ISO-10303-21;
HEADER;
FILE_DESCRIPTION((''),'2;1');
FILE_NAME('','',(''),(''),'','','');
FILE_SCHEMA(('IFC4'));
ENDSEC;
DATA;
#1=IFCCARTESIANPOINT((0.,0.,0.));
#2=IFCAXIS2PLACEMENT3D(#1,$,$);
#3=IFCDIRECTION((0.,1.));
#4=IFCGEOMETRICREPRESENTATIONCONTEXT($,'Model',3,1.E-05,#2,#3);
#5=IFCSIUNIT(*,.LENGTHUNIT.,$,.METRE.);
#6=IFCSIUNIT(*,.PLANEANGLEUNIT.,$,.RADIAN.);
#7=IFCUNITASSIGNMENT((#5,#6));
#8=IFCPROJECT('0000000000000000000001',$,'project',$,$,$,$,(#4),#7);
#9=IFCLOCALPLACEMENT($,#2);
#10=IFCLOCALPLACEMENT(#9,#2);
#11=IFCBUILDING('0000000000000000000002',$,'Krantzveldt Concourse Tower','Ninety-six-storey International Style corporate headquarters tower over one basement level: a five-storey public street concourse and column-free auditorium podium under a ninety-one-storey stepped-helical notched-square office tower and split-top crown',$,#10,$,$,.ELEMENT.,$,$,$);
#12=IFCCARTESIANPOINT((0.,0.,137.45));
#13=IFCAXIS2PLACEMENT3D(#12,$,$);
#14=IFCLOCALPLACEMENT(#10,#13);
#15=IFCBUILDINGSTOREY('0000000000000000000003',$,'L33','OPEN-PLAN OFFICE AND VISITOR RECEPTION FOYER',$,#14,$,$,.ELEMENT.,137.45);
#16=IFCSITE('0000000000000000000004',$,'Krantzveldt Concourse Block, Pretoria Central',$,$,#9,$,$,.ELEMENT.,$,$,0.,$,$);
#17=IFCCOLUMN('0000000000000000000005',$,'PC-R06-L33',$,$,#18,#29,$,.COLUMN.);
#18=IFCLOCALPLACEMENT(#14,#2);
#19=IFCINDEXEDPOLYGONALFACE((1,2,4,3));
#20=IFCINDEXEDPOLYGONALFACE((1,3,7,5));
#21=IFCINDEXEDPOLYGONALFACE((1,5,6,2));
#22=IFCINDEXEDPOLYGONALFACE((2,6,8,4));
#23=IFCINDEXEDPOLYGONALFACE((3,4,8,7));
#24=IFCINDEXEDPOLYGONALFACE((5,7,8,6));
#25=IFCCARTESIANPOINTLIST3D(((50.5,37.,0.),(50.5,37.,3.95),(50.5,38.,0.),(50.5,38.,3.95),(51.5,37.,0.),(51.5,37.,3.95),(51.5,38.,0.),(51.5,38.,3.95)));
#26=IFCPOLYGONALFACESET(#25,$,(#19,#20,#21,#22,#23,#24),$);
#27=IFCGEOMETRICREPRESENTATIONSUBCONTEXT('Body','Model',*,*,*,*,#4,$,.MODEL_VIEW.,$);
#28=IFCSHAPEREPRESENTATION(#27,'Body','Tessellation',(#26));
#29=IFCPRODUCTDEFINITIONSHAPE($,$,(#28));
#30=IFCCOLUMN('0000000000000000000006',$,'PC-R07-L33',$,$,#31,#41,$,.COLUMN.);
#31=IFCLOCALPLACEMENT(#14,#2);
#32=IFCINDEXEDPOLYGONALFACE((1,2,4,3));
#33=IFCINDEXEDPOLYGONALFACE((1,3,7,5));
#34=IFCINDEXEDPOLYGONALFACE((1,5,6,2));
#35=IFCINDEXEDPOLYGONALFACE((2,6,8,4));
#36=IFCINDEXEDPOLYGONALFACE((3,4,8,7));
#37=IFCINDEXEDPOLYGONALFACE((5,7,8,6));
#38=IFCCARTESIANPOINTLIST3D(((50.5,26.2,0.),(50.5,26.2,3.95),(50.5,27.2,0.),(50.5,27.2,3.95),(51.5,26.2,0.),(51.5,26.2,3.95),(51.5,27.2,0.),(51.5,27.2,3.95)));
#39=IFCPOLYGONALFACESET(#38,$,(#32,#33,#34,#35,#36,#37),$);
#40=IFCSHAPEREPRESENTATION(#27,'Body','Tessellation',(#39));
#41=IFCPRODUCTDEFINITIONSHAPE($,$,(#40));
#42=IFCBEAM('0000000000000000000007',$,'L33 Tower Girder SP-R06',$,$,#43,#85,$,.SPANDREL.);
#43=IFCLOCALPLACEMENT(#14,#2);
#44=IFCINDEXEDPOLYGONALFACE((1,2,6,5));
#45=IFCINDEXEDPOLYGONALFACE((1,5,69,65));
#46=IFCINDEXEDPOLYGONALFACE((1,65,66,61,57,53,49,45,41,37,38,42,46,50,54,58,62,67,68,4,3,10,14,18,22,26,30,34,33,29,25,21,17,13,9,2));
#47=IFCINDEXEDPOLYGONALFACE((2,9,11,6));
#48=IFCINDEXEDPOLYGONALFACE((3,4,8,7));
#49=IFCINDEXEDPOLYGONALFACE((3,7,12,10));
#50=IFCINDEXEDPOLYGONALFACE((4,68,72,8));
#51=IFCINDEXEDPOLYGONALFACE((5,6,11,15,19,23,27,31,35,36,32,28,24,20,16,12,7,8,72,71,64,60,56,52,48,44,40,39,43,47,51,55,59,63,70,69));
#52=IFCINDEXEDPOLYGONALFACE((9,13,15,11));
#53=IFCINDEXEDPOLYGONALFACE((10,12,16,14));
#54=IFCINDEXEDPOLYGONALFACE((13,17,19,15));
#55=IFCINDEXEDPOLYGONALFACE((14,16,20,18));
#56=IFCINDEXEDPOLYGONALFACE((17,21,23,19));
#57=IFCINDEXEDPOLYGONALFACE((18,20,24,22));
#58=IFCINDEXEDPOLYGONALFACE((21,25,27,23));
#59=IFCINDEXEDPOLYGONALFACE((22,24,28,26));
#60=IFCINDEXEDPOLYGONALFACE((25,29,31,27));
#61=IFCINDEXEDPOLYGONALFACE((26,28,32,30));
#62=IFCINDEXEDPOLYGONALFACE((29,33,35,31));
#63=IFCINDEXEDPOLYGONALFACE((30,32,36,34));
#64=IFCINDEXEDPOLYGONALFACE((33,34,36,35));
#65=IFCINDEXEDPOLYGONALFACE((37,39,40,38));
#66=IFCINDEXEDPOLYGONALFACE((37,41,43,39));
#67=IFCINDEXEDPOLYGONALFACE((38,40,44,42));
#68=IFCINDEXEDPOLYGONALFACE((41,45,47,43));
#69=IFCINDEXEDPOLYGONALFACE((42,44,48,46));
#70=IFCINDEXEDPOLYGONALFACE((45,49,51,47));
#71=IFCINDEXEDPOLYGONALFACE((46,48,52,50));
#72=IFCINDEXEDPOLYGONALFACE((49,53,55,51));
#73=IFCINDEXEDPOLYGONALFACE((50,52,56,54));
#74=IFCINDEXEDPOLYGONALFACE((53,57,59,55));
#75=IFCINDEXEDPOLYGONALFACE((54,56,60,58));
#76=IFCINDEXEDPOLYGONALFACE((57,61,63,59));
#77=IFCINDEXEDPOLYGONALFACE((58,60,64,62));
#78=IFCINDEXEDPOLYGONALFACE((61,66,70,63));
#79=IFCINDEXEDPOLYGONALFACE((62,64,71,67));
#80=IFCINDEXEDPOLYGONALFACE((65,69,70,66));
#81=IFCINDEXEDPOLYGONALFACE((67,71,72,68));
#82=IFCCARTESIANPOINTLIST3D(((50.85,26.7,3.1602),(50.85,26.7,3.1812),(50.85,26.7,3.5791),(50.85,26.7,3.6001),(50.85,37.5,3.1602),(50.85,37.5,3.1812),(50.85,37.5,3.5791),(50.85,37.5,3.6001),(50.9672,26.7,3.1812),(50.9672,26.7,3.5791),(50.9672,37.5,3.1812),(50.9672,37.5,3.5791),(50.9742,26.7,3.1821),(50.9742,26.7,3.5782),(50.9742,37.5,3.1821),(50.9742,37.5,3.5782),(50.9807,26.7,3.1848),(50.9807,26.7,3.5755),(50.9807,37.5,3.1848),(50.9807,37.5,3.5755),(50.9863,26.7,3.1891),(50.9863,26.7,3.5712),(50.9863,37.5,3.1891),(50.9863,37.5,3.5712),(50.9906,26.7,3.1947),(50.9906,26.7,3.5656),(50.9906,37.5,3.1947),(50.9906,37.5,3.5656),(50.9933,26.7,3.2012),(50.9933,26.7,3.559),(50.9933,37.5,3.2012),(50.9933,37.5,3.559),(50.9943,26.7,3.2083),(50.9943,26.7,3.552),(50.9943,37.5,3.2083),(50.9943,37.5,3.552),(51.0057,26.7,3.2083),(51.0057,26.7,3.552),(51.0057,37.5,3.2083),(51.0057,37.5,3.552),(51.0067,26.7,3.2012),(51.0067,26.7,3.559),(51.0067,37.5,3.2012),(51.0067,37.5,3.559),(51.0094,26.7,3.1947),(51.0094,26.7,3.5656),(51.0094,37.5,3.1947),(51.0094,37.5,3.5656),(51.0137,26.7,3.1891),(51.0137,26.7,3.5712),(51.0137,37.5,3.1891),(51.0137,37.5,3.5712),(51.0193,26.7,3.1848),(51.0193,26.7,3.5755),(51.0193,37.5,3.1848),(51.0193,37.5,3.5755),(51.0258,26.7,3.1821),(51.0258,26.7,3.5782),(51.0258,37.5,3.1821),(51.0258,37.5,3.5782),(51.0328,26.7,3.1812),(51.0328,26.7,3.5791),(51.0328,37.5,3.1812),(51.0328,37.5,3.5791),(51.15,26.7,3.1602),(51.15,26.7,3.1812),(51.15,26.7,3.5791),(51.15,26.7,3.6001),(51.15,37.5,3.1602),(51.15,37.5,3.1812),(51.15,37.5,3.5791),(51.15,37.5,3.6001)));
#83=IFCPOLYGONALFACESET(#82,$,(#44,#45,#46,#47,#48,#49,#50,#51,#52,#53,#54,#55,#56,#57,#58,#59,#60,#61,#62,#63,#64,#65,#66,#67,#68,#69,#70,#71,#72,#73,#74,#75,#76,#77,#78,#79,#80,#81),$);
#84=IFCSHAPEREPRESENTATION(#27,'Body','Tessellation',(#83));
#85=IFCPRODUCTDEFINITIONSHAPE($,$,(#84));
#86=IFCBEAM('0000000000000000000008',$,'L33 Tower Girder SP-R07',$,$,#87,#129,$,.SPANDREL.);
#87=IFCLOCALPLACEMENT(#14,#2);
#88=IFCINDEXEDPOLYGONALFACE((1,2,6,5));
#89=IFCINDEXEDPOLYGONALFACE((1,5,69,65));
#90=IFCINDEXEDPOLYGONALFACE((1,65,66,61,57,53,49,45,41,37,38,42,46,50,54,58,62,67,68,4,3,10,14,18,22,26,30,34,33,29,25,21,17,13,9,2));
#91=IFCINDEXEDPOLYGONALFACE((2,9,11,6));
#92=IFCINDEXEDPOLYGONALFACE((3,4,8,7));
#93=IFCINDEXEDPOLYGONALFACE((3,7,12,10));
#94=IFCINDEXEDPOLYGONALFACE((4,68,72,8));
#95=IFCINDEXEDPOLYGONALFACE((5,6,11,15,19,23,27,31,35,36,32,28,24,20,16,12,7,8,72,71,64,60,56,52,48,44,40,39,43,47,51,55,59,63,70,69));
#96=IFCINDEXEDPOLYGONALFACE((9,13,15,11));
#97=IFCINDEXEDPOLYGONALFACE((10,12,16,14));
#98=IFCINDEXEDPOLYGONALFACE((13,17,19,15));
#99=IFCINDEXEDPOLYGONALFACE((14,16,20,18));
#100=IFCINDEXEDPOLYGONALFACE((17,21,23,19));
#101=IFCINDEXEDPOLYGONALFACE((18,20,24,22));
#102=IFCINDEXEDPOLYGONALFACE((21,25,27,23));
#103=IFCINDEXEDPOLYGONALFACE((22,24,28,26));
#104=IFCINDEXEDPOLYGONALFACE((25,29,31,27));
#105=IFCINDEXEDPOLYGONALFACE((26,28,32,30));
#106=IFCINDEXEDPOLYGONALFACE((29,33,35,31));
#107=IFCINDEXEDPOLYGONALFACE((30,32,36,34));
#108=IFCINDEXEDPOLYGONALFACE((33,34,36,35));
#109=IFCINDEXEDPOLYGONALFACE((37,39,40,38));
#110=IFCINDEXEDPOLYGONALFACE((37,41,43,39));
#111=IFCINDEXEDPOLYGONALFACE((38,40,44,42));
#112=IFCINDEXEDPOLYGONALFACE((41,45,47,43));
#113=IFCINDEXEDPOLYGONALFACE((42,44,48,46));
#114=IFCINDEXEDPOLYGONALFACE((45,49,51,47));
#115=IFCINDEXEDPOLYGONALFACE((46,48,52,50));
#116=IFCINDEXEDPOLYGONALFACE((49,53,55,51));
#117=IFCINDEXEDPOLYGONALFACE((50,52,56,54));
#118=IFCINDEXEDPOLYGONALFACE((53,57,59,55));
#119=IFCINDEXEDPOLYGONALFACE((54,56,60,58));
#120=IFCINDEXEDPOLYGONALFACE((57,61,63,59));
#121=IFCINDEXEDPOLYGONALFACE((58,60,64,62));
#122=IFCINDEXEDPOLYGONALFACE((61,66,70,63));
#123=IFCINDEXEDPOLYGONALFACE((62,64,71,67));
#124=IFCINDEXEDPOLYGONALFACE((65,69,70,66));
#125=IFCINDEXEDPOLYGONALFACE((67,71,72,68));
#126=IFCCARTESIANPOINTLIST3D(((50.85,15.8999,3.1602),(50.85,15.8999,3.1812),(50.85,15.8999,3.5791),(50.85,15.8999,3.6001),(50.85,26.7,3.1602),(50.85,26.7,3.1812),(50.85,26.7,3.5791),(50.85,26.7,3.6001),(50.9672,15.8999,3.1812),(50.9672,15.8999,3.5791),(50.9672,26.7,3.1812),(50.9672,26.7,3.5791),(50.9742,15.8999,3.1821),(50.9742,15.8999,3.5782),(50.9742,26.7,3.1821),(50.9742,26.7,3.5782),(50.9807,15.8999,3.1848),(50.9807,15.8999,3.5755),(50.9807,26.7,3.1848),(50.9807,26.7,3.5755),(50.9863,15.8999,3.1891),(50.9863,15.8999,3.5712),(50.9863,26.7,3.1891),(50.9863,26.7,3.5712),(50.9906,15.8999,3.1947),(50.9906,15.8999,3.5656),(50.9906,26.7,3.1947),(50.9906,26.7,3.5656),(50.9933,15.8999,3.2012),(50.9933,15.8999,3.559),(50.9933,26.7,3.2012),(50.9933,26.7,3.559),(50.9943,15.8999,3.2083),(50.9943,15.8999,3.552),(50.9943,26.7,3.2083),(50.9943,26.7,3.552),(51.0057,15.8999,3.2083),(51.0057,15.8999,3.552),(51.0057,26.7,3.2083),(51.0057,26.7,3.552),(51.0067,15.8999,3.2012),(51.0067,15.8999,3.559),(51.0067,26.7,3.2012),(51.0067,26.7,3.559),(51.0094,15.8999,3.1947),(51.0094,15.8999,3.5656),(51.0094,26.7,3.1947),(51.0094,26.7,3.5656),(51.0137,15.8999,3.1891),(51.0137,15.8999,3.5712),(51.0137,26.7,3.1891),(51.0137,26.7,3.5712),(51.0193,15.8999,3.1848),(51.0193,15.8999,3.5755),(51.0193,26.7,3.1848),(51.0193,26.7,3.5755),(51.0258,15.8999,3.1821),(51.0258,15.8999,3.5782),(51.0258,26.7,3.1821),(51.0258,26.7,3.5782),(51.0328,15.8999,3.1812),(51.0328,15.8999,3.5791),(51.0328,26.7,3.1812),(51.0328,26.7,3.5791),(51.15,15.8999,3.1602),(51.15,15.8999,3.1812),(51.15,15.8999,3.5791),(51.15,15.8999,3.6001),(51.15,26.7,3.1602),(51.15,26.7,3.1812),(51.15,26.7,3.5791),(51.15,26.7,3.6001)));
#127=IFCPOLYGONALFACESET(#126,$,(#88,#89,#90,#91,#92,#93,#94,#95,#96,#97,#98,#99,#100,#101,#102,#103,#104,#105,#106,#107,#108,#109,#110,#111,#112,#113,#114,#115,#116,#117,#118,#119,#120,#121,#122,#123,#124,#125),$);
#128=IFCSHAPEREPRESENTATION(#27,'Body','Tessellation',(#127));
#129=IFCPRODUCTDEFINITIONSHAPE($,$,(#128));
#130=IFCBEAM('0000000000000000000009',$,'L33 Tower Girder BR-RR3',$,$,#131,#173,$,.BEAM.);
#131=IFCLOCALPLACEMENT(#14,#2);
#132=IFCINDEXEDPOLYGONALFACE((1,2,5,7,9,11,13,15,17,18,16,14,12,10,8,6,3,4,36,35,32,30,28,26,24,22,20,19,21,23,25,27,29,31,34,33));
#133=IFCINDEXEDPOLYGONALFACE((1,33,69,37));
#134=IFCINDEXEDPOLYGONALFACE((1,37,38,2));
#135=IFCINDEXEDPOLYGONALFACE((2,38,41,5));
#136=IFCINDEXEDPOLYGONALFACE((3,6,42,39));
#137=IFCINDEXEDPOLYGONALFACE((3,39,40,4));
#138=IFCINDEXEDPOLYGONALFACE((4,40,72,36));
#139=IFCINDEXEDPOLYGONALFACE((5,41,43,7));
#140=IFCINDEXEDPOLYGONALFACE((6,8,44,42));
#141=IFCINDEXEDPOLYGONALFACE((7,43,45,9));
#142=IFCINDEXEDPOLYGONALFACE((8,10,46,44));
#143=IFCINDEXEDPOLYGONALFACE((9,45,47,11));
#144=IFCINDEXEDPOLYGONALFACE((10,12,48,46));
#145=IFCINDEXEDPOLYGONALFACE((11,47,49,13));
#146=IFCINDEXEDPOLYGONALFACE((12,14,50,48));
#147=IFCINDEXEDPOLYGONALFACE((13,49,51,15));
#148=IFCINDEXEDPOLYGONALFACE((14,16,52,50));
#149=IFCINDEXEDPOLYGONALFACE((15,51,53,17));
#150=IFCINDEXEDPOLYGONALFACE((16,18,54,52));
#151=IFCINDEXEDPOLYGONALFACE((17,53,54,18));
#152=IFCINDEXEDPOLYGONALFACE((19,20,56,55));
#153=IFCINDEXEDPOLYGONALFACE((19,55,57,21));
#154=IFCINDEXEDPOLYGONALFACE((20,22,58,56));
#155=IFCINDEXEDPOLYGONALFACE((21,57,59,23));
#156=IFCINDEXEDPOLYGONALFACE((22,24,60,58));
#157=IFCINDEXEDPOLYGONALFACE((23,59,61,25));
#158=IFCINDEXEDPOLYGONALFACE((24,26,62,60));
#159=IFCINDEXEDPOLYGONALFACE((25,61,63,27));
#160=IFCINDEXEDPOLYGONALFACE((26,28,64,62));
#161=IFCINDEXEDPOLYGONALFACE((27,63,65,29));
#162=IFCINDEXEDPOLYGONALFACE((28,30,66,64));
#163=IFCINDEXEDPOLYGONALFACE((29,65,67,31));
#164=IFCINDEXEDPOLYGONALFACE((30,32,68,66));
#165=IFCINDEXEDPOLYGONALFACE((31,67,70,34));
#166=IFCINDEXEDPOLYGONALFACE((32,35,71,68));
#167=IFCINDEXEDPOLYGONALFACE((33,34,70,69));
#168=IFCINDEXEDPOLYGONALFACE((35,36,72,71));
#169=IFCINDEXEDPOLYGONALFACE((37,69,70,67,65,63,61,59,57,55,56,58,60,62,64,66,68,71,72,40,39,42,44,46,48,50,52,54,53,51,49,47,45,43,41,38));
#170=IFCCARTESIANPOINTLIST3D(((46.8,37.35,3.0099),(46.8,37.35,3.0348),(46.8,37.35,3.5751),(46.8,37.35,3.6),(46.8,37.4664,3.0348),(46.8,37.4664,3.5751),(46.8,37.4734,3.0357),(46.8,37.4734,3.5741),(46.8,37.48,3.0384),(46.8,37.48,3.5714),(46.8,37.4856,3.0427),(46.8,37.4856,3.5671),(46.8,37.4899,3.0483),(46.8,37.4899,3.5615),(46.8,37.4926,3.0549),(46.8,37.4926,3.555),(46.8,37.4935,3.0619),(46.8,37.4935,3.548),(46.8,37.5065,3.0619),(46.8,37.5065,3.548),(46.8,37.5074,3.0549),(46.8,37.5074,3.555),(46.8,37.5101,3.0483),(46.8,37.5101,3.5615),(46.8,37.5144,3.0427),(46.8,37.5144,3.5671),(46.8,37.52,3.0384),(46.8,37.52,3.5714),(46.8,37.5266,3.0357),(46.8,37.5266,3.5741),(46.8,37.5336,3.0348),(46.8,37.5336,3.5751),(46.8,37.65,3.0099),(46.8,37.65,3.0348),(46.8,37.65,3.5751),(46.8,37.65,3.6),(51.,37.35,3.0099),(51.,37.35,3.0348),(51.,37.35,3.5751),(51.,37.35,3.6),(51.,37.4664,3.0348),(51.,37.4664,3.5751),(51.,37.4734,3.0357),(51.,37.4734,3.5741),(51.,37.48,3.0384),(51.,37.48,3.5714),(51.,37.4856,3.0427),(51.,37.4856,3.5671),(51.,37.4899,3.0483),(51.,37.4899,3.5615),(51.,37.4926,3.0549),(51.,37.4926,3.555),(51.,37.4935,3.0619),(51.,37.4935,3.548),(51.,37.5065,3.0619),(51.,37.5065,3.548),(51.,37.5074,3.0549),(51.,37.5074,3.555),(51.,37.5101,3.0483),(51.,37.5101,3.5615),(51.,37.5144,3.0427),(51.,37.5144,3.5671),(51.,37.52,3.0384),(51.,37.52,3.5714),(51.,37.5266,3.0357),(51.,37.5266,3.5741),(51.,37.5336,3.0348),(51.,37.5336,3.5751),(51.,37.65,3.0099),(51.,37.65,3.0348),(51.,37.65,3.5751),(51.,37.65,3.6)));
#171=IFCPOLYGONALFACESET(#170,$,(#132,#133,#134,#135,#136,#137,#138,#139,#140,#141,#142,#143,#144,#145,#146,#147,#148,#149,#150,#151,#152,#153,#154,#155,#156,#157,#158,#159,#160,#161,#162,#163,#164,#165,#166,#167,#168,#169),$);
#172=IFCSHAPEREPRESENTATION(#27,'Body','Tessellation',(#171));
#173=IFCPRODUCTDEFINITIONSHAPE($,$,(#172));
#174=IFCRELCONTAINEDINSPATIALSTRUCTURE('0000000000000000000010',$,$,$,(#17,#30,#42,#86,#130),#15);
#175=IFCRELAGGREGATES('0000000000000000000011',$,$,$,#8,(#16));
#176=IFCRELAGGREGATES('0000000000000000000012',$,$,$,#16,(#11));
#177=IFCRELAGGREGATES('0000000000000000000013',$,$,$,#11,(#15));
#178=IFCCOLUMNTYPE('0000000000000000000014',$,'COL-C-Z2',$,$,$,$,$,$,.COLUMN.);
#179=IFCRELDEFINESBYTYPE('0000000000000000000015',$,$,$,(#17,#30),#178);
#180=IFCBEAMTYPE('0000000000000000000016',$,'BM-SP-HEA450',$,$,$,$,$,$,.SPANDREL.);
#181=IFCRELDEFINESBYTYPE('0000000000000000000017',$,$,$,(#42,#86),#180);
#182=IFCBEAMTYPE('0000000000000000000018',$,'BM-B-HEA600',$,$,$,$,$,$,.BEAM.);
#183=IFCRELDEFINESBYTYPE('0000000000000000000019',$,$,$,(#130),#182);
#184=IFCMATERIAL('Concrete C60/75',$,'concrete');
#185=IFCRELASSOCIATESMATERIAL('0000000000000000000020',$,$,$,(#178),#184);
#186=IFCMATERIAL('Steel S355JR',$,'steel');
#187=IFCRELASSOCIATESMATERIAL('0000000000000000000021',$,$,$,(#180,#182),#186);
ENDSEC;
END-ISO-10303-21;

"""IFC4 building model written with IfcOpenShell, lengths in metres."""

from ifc_helpers import new_model, si_unit, direction, frame, origin, origin_2d, place, context, subcontext, project, spatial, rectangle, i_section, extrude, source, transform, mapped, material, material_profile, profile_set, type_object, type_shapes, element, save


model = new_model("IFC4")

# Units and contexts
model_context = context("Model", 3, precision=1e-05, world=origin(), true_north=direction((0.0, 1.0)))
body_context = subcontext(model_context, "Body", "Model", "MODEL_VIEW")
ifc_project = project(units=[si_unit("LENGTHUNIT", "METRE"), si_unit("PLANEANGLEUNIT", "RADIAN")], contexts=[model_context])

# Site, building, storey
site_placement = place(None, origin())
site = spatial("IfcSite", under=ifc_project, at=site_placement, Name="Krantzveldt Concourse Block, Pretoria Central", CompositionType="ELEMENT", RefElevation=0.0)
building_placement = place(site_placement, origin())
building = spatial("IfcBuilding", under=site, at=building_placement, Name="Krantzveldt Concourse Tower", Description="Ninety-six-storey International Style corporate headquarters tower over one basement level: a five-storey public street concourse and column-free auditorium podium under a ninety-one-storey stepped-helical notched-square office tower and split-top crown", CompositionType="ELEMENT")
storey_placement = place(building_placement, frame((0.0, 0.0, 137.45)))
storey = spatial("IfcBuildingStorey", under=building, at=storey_placement, Name="L33", Description="OPEN-PLAN OFFICE AND VISITOR RECEPTION FOYER", CompositionType="ELEMENT", Elevation=137.45)

# Columns
ifc_material_1 = material(Name="Concrete C60/75", Category="concrete")
ifc_material_profile_1 = material_profile(ifc_material_1, rectangle(XDim=1.0, YDim=1.0, at=origin_2d()), Name="Concrete C60/75", Category="concrete")
ifc_profile_set_1 = profile_set([ifc_material_profile_1], Name="Concrete C60/75 - RC 1000x1000")
column_type = type_object("IfcColumnType", Name="COL-C-Z2", PredefinedType="COLUMN", material=ifc_profile_set_1)
shared_shape_1 = source(origin(), body_context, "Body", "SweptSolid", [
    extrude(rectangle(XDim=1.0, YDim=1.0, at=origin_2d()), origin(), (0.0, 0.0, 1.0), 3.95),
])
type_shapes(column_type, [shared_shape_1])
for number, where, z_axis, x_axis, name in (
    (1, (51.0, 37.5, 0.0), (0.0, 0.0, 1.0), (1.0, 0.0, 0.0), "PC-R06-L33"),
    (2, (51.0, 26.7, 0.0), (0.0, 0.0, 1.0), (1.0, 0.0, 0.0), "PC-R07-L33"),
):
    element("IfcColumn", number, at=place(storey_placement, frame(where, z_axis=z_axis, x_axis=x_axis)), inside=storey, type_object=column_type, Name=name, PredefinedType="COLUMN", context=body_context, shape_type="MappedRepresentation", body=[
        mapped(shared_shape_1, transform((0.0, 0.0, 0.0), x_axis=(1.0, 0.0, 0.0), y_axis=(0.0, 1.0, 0.0), z_axis=(0.0, 0.0, 1.0), scale=1.0)),
    ])

# Beams
ifc_material_2 = material(Name="Steel S355JR", Category="steel")
ifc_material_profile_2 = material_profile(ifc_material_2, i_section(OverallWidth=0.3, OverallDepth=0.4399, WebThickness=0.0115, FlangeThickness=0.021, FilletRadius=0.0271, at=origin_2d()), Name="Steel S355JR", Category="steel")
ifc_profile_set_2 = profile_set([ifc_material_profile_2], Name="Steel S355JR - HEA 450")
beam_type_1 = type_object("IfcBeamType", Name="BM-SP-HEA450", PredefinedType="SPANDREL", material=ifc_profile_set_2)
shared_shape_2 = source(origin(), body_context, "Body", "SweptSolid", [
    extrude(i_section(OverallWidth=0.3, OverallDepth=0.4399, WebThickness=0.0115, FlangeThickness=0.021, FilletRadius=0.0271, at=origin_2d()), origin(), (0.0, 0.0, 1.0), 10.8),
])
type_shapes(beam_type_1, [shared_shape_2])
for number, where, z_axis, x_axis, name in (
    (3, (51.0, 37.5, 3.3801), (0.0, -1.0, 0.0), (1.0, 0.0, 0.0), "L33 Tower Girder SP-R06"),
    (4, (51.0, 26.7, 3.3801), (0.0, -1.0, 0.0), (1.0, 0.0, 0.0), "L33 Tower Girder SP-R07"),
):
    element("IfcBeam", number, at=place(storey_placement, frame(where, z_axis=z_axis, x_axis=x_axis)), inside=storey, type_object=beam_type_1, Name=name, PredefinedType="SPANDREL", context=body_context, shape_type="MappedRepresentation", body=[
        mapped(shared_shape_2, transform((0.0, 0.0, 0.0), x_axis=(1.0, 0.0, 0.0), y_axis=(0.0, 1.0, 0.0), z_axis=(0.0, 0.0, 1.0), scale=1.0)),
    ])
ifc_material_profile_3 = material_profile(ifc_material_2, i_section(OverallWidth=0.3, OverallDepth=0.5901, WebThickness=0.0129, FlangeThickness=0.0249, FilletRadius=0.0271, at=origin_2d()), Name="Steel S355JR", Category="steel")
ifc_profile_set_3 = profile_set([ifc_material_profile_3], Name="Steel S355JR - HEA 600")
beam_type_2 = type_object("IfcBeamType", Name="BM-B-HEA600", PredefinedType="BEAM", material=ifc_profile_set_3)
shared_shape_3 = source(origin(), body_context, "Body", "SweptSolid", [
    extrude(i_section(OverallWidth=0.3, OverallDepth=0.5901, WebThickness=0.0129, FlangeThickness=0.0249, FilletRadius=0.0271, at=origin_2d()), origin(), (0.0, 0.0, 1.0), 4.2),
])
beam_1_placement = place(storey_placement, frame((46.8, 37.5, 3.3049), z_axis=(1.0, 0.0, 0.0), x_axis=(0.0, 1.0, 0.0)))
element("IfcBeam", 5, at=beam_1_placement, inside=storey, type_object=beam_type_2, Name="L33 Tower Girder BR-RR3", PredefinedType="BEAM", context=body_context, shape_type="MappedRepresentation", body=[
    mapped(shared_shape_3, transform((0.0, 0.0, 0.0), x_axis=(1.0, 0.0, 0.0), y_axis=(0.0, 1.0, 0.0), z_axis=(0.0, 0.0, 1.0), scale=1.0)),
])

save(model, "model.ifc")
